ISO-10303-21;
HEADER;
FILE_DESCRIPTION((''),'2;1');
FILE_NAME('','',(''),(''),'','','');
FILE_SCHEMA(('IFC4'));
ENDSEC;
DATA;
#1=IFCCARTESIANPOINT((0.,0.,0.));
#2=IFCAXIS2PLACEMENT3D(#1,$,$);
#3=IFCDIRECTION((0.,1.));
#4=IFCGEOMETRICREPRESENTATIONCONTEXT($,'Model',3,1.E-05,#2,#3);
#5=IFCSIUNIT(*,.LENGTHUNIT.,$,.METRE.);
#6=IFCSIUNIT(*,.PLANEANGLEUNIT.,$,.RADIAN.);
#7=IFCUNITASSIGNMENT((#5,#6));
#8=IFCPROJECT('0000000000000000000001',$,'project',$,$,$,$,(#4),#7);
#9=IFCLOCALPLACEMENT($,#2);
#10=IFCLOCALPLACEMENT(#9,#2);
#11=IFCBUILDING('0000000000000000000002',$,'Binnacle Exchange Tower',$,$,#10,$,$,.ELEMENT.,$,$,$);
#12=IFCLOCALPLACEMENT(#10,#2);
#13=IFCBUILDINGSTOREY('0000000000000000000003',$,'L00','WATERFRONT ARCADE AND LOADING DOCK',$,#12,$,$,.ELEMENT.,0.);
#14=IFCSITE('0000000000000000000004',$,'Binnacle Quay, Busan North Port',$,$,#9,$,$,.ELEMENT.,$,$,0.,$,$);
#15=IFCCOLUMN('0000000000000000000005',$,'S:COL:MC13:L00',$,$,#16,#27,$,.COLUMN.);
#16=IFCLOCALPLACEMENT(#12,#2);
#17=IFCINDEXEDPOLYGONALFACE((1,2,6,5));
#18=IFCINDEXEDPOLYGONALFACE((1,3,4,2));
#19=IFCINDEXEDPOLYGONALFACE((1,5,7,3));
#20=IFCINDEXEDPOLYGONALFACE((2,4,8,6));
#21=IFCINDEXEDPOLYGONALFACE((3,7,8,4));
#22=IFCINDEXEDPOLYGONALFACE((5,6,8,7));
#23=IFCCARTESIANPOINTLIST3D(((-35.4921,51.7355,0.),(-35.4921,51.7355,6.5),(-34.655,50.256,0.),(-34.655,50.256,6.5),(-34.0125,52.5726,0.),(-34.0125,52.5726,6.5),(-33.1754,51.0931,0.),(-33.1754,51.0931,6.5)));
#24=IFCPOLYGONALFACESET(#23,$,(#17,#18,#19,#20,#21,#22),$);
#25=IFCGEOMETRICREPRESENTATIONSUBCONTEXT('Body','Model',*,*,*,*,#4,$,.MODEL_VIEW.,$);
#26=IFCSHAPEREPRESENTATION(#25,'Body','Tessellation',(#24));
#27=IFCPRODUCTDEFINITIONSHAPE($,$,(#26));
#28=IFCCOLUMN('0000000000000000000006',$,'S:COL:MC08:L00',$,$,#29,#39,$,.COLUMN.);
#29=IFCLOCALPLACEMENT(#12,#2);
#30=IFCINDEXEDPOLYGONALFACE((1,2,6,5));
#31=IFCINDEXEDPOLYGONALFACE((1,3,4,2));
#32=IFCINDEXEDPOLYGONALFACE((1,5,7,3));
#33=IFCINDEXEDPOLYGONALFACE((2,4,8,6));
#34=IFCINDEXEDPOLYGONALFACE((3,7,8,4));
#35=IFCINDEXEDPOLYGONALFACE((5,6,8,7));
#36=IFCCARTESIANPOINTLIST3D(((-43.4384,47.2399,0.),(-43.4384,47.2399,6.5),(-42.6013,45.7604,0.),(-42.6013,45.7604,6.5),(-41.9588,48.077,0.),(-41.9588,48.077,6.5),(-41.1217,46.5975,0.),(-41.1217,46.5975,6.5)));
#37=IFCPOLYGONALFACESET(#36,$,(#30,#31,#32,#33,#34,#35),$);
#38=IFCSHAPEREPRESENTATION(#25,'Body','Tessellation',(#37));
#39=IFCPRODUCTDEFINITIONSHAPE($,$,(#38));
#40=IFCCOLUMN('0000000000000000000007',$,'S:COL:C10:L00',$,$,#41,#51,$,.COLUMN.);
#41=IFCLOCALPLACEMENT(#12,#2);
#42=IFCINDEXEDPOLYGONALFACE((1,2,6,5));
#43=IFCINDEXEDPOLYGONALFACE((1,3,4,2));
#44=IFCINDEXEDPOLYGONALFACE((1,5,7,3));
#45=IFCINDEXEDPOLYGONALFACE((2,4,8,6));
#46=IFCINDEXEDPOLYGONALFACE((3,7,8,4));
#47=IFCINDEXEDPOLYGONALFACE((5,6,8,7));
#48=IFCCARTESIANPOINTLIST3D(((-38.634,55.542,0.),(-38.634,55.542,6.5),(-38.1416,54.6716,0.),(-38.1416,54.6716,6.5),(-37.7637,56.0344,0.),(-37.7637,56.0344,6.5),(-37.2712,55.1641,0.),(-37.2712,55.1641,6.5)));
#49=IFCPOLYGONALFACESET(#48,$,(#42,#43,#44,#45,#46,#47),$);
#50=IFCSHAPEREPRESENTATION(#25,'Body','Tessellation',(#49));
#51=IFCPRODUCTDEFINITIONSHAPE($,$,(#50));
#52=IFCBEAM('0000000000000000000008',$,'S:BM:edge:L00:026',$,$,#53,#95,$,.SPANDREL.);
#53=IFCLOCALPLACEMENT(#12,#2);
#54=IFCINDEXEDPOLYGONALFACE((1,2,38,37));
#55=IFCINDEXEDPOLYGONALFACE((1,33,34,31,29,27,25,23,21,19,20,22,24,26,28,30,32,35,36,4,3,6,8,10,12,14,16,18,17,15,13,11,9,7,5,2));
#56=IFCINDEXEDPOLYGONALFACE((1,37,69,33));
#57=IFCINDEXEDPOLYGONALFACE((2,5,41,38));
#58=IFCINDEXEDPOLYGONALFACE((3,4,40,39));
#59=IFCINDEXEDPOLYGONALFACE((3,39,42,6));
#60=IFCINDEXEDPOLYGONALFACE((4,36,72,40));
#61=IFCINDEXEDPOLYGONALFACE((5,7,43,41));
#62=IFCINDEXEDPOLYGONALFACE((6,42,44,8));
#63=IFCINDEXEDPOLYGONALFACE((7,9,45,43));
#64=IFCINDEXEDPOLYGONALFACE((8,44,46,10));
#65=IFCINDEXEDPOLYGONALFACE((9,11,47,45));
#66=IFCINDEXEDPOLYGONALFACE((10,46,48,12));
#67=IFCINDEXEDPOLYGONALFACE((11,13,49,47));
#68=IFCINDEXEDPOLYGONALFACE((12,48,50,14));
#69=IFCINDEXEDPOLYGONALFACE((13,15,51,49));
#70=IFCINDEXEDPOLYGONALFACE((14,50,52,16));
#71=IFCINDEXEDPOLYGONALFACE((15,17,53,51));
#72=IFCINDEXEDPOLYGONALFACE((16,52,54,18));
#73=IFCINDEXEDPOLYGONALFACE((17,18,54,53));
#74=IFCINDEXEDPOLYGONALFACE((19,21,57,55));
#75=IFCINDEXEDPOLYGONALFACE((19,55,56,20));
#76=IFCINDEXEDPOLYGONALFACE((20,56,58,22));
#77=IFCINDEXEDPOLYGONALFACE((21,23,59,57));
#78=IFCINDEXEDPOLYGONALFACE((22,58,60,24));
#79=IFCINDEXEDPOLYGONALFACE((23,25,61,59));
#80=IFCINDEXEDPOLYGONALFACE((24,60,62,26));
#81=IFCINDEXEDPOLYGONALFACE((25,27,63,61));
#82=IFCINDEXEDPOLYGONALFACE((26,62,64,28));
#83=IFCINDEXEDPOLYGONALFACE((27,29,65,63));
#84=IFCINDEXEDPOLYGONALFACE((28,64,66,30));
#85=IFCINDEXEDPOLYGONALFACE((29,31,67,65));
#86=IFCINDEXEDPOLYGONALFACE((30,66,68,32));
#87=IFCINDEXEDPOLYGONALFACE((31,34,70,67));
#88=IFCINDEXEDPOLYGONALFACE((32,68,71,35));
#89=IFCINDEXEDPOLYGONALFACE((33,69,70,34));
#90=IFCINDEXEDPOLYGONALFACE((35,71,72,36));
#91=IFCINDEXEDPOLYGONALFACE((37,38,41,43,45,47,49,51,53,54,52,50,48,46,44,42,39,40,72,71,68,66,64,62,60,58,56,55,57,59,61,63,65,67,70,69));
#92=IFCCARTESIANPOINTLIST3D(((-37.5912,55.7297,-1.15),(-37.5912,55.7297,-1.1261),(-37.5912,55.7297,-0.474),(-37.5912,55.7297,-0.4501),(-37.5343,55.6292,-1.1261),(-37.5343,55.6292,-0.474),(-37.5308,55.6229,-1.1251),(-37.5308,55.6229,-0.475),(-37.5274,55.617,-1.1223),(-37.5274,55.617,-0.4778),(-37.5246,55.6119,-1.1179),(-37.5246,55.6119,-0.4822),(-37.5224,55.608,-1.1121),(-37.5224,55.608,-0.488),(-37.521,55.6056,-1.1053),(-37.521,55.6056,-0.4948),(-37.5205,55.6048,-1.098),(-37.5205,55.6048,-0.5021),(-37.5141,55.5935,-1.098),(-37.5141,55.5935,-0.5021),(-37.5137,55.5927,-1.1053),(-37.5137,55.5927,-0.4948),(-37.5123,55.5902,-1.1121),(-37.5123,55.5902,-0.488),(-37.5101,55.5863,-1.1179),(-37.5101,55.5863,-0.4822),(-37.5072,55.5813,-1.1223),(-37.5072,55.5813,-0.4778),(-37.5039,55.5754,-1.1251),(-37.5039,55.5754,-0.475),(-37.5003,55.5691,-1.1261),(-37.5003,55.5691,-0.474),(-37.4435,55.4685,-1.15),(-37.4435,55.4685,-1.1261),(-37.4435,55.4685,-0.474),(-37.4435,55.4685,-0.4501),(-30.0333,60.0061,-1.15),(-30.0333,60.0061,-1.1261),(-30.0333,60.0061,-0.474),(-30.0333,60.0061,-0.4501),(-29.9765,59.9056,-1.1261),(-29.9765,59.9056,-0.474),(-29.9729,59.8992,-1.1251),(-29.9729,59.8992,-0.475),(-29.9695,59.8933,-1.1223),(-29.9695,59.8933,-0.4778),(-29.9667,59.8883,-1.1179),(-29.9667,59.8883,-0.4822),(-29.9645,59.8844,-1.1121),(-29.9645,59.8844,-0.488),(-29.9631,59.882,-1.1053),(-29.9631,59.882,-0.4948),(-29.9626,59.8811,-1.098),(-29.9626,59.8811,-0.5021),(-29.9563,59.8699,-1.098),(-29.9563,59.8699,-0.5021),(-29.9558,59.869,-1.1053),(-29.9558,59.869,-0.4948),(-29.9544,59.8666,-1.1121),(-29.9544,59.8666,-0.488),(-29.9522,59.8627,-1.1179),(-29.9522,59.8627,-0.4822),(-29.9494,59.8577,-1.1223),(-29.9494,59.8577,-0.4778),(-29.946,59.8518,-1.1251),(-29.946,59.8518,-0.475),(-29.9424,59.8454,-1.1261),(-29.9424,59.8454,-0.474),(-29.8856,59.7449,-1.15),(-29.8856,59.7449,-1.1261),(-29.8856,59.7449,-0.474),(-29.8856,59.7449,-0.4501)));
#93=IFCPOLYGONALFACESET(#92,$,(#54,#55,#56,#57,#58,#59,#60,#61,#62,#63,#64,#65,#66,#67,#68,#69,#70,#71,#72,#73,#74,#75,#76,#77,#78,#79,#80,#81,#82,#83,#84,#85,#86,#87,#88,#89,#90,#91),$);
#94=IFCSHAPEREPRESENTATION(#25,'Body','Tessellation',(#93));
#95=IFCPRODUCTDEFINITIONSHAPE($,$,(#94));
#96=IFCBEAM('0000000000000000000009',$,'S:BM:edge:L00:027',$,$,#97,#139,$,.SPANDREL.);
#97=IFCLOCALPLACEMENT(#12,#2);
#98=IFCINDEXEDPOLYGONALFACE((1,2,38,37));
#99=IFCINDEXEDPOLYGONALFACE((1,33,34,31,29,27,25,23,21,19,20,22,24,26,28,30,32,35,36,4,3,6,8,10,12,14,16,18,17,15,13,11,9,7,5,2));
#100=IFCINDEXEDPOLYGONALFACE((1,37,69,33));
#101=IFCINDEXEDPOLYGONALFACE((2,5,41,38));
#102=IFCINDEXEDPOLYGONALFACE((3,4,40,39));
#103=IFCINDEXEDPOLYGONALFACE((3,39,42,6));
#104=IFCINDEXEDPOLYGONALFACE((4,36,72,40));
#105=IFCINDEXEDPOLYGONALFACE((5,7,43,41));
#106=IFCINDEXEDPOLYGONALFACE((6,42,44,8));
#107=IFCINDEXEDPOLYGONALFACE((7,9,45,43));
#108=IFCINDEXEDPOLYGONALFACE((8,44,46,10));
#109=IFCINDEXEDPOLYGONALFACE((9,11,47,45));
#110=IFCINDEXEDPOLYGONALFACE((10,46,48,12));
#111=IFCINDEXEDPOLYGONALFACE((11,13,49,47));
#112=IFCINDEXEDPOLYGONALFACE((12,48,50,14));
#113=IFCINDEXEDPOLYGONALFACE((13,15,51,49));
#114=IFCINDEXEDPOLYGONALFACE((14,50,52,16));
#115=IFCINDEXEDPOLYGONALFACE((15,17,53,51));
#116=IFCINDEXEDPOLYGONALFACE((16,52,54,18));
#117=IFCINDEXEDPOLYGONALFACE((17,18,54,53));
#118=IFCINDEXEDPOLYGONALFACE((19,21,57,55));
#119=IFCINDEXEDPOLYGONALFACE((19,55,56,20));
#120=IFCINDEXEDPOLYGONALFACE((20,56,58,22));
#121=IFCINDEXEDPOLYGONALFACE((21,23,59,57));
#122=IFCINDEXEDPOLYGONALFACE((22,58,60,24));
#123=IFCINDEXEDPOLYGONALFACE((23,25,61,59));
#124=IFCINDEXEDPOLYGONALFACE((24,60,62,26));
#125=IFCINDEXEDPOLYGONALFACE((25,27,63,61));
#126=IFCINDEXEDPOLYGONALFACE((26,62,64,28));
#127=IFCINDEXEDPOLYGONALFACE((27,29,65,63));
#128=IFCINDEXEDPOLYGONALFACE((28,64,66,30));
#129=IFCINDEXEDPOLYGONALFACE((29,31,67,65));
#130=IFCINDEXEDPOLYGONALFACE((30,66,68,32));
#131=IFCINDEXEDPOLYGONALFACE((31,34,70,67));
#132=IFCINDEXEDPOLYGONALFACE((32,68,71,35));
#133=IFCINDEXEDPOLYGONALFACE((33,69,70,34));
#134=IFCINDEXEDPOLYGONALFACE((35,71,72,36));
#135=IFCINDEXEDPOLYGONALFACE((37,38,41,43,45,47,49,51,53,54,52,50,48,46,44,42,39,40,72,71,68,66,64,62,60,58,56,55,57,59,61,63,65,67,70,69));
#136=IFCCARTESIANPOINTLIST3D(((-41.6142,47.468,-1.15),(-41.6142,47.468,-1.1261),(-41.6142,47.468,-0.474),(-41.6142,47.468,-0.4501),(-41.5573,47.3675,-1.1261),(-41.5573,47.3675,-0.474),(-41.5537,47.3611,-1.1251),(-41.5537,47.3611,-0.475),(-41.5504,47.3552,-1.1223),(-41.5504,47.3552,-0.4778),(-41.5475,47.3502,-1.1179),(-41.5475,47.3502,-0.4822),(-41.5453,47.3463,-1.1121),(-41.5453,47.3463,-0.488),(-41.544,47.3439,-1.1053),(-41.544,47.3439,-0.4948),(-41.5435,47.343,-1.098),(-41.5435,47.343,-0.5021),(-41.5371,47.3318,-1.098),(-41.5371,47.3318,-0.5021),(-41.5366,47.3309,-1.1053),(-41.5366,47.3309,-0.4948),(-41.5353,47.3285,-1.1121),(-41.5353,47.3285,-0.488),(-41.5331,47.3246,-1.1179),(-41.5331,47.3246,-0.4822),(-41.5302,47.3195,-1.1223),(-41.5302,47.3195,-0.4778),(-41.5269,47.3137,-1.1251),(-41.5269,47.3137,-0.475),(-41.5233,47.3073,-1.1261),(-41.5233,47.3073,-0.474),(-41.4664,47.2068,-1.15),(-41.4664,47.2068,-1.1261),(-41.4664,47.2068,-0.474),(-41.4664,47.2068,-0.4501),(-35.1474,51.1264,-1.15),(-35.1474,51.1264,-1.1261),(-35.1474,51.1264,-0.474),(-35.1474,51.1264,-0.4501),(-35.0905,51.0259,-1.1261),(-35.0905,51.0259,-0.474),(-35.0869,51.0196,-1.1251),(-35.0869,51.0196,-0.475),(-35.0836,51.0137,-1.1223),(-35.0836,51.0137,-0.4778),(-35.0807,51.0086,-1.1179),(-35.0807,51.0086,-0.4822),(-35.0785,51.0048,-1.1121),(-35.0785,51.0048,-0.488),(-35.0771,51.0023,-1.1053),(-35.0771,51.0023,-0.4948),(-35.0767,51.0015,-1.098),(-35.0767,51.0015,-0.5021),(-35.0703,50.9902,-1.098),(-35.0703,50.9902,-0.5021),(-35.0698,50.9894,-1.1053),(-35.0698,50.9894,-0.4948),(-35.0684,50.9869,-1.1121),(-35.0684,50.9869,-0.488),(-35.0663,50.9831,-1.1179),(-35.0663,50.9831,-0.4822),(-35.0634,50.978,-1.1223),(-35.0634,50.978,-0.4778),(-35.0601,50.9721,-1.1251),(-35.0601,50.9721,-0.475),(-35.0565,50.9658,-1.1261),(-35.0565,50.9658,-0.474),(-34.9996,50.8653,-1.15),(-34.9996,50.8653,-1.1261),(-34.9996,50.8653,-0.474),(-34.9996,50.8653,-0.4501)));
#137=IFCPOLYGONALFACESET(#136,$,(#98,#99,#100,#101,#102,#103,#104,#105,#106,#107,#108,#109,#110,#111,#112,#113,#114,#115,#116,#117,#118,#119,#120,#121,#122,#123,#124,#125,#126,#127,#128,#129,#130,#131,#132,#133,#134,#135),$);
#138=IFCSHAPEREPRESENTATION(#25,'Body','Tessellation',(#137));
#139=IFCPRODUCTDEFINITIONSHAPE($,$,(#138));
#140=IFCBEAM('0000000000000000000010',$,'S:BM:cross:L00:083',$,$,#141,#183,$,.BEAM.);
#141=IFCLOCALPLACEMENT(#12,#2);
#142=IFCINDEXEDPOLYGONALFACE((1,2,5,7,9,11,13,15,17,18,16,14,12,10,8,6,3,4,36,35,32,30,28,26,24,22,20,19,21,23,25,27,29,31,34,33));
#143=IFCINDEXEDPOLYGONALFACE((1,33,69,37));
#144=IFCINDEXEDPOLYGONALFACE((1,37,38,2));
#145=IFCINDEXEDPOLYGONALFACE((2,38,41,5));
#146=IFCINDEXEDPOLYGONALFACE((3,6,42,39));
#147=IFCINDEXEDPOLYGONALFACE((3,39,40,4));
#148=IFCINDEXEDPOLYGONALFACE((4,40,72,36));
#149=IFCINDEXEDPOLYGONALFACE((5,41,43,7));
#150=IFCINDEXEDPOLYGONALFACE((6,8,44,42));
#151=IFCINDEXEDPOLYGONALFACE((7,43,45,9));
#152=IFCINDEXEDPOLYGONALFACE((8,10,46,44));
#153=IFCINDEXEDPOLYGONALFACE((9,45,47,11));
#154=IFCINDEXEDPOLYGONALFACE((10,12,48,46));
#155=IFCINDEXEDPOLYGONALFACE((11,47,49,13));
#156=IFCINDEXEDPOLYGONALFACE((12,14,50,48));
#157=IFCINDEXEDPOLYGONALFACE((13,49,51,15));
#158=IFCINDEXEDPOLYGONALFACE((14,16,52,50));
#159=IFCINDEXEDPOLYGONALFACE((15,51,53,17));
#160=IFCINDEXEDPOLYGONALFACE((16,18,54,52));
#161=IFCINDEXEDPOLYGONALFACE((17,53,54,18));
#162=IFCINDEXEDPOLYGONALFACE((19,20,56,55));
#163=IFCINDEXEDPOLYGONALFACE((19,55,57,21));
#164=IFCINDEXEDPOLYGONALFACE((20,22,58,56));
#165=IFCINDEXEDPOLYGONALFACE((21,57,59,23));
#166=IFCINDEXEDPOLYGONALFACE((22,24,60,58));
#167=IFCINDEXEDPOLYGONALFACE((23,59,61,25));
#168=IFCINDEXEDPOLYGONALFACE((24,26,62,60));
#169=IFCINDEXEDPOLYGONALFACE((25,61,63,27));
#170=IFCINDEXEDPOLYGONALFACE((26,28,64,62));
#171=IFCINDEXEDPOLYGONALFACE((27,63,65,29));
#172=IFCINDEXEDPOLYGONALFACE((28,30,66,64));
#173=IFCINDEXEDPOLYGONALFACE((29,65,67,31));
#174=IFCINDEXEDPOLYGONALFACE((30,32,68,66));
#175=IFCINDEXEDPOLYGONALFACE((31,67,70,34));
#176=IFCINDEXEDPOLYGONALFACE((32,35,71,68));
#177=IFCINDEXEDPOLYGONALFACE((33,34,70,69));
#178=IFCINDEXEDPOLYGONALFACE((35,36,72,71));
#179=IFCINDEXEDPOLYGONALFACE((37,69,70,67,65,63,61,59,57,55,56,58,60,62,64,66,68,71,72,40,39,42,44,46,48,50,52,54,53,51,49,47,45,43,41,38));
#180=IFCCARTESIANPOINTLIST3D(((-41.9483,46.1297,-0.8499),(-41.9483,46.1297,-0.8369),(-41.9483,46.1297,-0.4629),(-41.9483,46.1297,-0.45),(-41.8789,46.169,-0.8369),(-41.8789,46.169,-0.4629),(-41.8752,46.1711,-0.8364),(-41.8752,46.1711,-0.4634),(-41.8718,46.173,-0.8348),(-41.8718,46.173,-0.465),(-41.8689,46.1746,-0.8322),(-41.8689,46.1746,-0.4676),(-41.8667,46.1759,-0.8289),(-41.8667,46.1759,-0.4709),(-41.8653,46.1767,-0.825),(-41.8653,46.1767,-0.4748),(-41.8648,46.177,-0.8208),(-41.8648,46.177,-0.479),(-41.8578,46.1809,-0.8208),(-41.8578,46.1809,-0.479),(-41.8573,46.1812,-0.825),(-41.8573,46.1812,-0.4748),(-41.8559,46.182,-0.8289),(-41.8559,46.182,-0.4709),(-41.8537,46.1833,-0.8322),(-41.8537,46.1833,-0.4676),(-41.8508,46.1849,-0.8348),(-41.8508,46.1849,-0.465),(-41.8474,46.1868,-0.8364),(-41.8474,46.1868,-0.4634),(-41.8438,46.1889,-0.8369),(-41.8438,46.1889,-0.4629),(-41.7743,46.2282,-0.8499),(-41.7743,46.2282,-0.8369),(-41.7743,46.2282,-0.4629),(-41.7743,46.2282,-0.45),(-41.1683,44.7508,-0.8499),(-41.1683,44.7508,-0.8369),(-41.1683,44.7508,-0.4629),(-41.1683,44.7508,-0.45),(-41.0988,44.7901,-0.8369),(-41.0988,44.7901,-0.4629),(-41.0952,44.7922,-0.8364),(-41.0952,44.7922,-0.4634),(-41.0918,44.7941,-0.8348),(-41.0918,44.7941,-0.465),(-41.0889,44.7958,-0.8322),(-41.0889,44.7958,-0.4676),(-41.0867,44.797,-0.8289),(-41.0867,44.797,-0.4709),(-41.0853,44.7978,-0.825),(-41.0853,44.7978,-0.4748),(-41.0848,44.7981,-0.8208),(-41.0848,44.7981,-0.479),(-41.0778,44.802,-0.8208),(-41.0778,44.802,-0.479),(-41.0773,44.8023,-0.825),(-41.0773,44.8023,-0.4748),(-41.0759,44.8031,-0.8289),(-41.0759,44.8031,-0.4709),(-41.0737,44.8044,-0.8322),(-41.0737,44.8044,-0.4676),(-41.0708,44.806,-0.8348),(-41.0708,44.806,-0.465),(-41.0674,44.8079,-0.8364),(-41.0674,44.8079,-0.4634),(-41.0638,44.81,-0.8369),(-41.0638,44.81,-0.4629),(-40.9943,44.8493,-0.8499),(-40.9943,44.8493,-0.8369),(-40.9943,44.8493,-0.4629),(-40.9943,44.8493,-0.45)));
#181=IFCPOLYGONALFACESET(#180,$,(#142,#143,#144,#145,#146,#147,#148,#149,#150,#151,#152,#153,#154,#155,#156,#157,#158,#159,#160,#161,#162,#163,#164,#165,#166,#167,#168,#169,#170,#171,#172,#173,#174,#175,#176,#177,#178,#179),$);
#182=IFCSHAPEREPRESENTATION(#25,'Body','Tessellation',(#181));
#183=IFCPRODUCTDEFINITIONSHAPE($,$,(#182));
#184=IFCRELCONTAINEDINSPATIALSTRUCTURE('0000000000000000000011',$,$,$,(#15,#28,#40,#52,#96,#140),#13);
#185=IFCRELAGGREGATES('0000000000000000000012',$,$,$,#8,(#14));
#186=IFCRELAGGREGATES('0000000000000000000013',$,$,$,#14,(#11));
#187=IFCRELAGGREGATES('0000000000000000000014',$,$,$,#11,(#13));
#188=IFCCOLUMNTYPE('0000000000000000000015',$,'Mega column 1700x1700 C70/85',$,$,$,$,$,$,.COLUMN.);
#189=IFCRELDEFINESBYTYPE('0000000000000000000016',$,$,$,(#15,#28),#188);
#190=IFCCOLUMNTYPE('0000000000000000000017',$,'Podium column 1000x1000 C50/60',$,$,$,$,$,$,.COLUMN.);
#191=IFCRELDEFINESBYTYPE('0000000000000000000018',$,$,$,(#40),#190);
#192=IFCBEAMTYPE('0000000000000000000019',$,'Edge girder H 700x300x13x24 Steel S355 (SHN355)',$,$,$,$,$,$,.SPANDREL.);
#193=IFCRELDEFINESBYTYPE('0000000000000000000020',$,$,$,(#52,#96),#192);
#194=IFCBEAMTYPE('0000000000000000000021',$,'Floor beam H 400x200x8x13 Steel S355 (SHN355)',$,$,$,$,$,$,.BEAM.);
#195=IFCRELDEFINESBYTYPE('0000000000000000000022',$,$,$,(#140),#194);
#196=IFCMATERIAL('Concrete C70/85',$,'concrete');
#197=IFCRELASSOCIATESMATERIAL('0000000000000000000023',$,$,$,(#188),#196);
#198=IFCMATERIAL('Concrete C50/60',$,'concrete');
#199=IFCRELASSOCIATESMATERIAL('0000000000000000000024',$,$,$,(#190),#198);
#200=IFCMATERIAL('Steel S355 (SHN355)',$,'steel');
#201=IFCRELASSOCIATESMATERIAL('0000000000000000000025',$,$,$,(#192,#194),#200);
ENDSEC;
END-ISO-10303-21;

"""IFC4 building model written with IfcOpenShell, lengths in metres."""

from ifc_helpers import new_model, si_unit, direction, frame, origin, origin_2d, place, context, subcontext, project, spatial, rectangle, i_section, extrude, material, material_profile, profile_set, type_object, element, save


model = new_model("IFC4")

# Units and contexts
model_context = context("Model", 3, precision=1e-05, world=origin(), true_north=direction((0.0, 1.0)))
body_context = subcontext(model_context, "Body", "Model", "MODEL_VIEW")
ifc_project = project(units=[si_unit("LENGTHUNIT", "METRE"), si_unit("PLANEANGLEUNIT", "RADIAN")], contexts=[model_context])

# Site, building, storey
site_placement = place(None, origin())
site = spatial("IfcSite", under=ifc_project, at=site_placement, Name="Binnacle Quay, Busan North Port", CompositionType="ELEMENT", RefElevation=0.0)
building_placement = place(site_placement, origin())
building = spatial("IfcBuilding", under=site, at=building_placement, Name="Binnacle Exchange Tower", CompositionType="ELEMENT")
storey_placement = place(building_placement, origin())
storey = spatial("IfcBuildingStorey", under=building, at=storey_placement, Name="L00", Description="WATERFRONT ARCADE AND LOADING DOCK", CompositionType="ELEMENT", Elevation=0.0)

# Columns
ifc_material_1 = material(Name="Concrete C70/85", Category="concrete")
ifc_material_profile_1 = material_profile(ifc_material_1, rectangle(XDim=1.7, YDim=1.7, at=origin_2d()), Name="Mega column 1700x1700 C70/85")
ifc_profile_set_1 = profile_set([ifc_material_profile_1], Name="Concrete C70/85")
column_type_1 = type_object("IfcColumnType", Name="Mega column 1700x1700 C70/85", PredefinedType="COLUMN", material=ifc_profile_set_1)
for number, where, z_axis, x_axis, name in (
    (1, (-34.3337, 51.4143, 0.0), (0.0, 0.0, 1.0), (-0.870356, -0.492424, 0.0), "S:COL:MC13:L00"),
    (2, (-42.28, 46.9187, 0.0), (0.0, 0.0, 1.0), (-0.870356, -0.492424, 0.0), "S:COL:MC08:L00"),
):
    element("IfcColumn", number, at=place(storey_placement, frame(where, z_axis=z_axis, x_axis=x_axis)), inside=storey, type_object=column_type_1, Name=name, PredefinedType="COLUMN", context=body_context, shape_type="SweptSolid", body=[
        extrude(rectangle(XDim=1.7, YDim=1.7, at=origin_2d()), origin(), (0.0, 0.0, 1.0), 6.5),
    ])
ifc_material_2 = material(Name="Concrete C50/60", Category="concrete")
ifc_material_profile_2 = material_profile(ifc_material_2, rectangle(XDim=1.0, YDim=1.0, at=origin_2d()), Name="Podium column 1000x1000 C50/60")
ifc_profile_set_2 = profile_set([ifc_material_profile_2], Name="Concrete C50/60")
column_type_2 = type_object("IfcColumnType", Name="Podium column 1000x1000 C50/60", PredefinedType="COLUMN", material=ifc_profile_set_2)
column_placement = place(storey_placement, frame((-37.9526, 55.353, 0.0), z_axis=(0.0, 0.0, 1.0), x_axis=(-0.870356, -0.492424, 0.0)))
element("IfcColumn", 3, at=column_placement, inside=storey, type_object=column_type_2, Name="S:COL:C10:L00", PredefinedType="COLUMN", context=body_context, shape_type="SweptSolid", body=[
    extrude(rectangle(XDim=1.0, YDim=1.0, at=origin_2d()), origin(), (0.0, 0.0, 1.0), 6.5),
])

# Beams
ifc_material_3 = material(Name="Steel S355 (SHN355)", Category="steel")
ifc_material_profile_3 = material_profile(ifc_material_3, i_section(OverallWidth=0.3, OverallDepth=0.7, WebThickness=0.0129, FlangeThickness=0.0239, FilletRadius=0.0281, at=origin_2d()), Name="H 700x300x13x24")
ifc_profile_set_3 = profile_set([ifc_material_profile_3], Name="Steel S355 (SHN355)")
beam_type_1 = type_object("IfcBeamType", Name="Edge girder H 700x300x13x24 Steel S355 (SHN355)", PredefinedType="SPANDREL", material=ifc_profile_set_3)
beam_1_placement = place(storey_placement, frame((-37.5173, 55.5991, -0.8), z_axis=(0.870339, 0.492453, 0.0), x_axis=(-0.492453, 0.870339, 0.0)))
element("IfcBeam", 4, at=beam_1_placement, inside=storey, type_object=beam_type_1, Name="S:BM:edge:L00:026", PredefinedType="SPANDREL", context=body_context, shape_type="SweptSolid", body=[
    extrude(i_section(OverallWidth=0.3, OverallDepth=0.7, WebThickness=0.0129, FlangeThickness=0.0239, FilletRadius=0.0281, at=origin_2d()), origin(), (0.0, 0.0, 1.0), 8.6838),
])
beam_2_placement = place(storey_placement, frame((-35.0735, 50.9958, -0.8), z_axis=(-0.870372, -0.492394, 0.0), x_axis=(0.492394, -0.870372, 0.0)))
element("IfcBeam", 5, at=beam_2_placement, inside=storey, type_object=beam_type_1, Name="S:BM:edge:L00:027", PredefinedType="SPANDREL", context=body_context, shape_type="SweptSolid", body=[
    extrude(i_section(OverallWidth=0.3, OverallDepth=0.7, WebThickness=0.0129, FlangeThickness=0.0239, FilletRadius=0.0281, at=origin_2d()), origin(), (0.0, 0.0, 1.0), 7.4299),
])
ifc_material_profile_4 = material_profile(ifc_material_3, i_section(OverallWidth=0.2, OverallDepth=0.3999, WebThickness=0.0081, FlangeThickness=0.0129, FilletRadius=0.0161, at=origin_2d()), Name="H 400x200x8x13")
ifc_profile_set_4 = profile_set([ifc_material_profile_4], Name="Steel S355 (SHN355)")
beam_type_2 = type_object("IfcBeamType", Name="Floor beam H 400x200x8x13 Steel S355 (SHN355)", PredefinedType="BEAM", material=ifc_profile_set_4)
beam_3_placement = place(storey_placement, frame((-41.8613, 46.179, -0.6499), z_axis=(0.492367, -0.870388, 0.0), x_axis=(0.870388, 0.492367, 0.0)))
element("IfcBeam", 6, at=beam_3_placement, inside=storey, type_object=beam_type_2, Name="S:BM:cross:L00:083", PredefinedType="BEAM", context=body_context, shape_type="SweptSolid", body=[
    extrude(i_section(OverallWidth=0.2, OverallDepth=0.3999, WebThickness=0.0081, FlangeThickness=0.0129, FilletRadius=0.0161, at=origin_2d()), origin(), (0.0, 0.0, 1.0), 1.5842),
])

save(model, "model.ifc")
